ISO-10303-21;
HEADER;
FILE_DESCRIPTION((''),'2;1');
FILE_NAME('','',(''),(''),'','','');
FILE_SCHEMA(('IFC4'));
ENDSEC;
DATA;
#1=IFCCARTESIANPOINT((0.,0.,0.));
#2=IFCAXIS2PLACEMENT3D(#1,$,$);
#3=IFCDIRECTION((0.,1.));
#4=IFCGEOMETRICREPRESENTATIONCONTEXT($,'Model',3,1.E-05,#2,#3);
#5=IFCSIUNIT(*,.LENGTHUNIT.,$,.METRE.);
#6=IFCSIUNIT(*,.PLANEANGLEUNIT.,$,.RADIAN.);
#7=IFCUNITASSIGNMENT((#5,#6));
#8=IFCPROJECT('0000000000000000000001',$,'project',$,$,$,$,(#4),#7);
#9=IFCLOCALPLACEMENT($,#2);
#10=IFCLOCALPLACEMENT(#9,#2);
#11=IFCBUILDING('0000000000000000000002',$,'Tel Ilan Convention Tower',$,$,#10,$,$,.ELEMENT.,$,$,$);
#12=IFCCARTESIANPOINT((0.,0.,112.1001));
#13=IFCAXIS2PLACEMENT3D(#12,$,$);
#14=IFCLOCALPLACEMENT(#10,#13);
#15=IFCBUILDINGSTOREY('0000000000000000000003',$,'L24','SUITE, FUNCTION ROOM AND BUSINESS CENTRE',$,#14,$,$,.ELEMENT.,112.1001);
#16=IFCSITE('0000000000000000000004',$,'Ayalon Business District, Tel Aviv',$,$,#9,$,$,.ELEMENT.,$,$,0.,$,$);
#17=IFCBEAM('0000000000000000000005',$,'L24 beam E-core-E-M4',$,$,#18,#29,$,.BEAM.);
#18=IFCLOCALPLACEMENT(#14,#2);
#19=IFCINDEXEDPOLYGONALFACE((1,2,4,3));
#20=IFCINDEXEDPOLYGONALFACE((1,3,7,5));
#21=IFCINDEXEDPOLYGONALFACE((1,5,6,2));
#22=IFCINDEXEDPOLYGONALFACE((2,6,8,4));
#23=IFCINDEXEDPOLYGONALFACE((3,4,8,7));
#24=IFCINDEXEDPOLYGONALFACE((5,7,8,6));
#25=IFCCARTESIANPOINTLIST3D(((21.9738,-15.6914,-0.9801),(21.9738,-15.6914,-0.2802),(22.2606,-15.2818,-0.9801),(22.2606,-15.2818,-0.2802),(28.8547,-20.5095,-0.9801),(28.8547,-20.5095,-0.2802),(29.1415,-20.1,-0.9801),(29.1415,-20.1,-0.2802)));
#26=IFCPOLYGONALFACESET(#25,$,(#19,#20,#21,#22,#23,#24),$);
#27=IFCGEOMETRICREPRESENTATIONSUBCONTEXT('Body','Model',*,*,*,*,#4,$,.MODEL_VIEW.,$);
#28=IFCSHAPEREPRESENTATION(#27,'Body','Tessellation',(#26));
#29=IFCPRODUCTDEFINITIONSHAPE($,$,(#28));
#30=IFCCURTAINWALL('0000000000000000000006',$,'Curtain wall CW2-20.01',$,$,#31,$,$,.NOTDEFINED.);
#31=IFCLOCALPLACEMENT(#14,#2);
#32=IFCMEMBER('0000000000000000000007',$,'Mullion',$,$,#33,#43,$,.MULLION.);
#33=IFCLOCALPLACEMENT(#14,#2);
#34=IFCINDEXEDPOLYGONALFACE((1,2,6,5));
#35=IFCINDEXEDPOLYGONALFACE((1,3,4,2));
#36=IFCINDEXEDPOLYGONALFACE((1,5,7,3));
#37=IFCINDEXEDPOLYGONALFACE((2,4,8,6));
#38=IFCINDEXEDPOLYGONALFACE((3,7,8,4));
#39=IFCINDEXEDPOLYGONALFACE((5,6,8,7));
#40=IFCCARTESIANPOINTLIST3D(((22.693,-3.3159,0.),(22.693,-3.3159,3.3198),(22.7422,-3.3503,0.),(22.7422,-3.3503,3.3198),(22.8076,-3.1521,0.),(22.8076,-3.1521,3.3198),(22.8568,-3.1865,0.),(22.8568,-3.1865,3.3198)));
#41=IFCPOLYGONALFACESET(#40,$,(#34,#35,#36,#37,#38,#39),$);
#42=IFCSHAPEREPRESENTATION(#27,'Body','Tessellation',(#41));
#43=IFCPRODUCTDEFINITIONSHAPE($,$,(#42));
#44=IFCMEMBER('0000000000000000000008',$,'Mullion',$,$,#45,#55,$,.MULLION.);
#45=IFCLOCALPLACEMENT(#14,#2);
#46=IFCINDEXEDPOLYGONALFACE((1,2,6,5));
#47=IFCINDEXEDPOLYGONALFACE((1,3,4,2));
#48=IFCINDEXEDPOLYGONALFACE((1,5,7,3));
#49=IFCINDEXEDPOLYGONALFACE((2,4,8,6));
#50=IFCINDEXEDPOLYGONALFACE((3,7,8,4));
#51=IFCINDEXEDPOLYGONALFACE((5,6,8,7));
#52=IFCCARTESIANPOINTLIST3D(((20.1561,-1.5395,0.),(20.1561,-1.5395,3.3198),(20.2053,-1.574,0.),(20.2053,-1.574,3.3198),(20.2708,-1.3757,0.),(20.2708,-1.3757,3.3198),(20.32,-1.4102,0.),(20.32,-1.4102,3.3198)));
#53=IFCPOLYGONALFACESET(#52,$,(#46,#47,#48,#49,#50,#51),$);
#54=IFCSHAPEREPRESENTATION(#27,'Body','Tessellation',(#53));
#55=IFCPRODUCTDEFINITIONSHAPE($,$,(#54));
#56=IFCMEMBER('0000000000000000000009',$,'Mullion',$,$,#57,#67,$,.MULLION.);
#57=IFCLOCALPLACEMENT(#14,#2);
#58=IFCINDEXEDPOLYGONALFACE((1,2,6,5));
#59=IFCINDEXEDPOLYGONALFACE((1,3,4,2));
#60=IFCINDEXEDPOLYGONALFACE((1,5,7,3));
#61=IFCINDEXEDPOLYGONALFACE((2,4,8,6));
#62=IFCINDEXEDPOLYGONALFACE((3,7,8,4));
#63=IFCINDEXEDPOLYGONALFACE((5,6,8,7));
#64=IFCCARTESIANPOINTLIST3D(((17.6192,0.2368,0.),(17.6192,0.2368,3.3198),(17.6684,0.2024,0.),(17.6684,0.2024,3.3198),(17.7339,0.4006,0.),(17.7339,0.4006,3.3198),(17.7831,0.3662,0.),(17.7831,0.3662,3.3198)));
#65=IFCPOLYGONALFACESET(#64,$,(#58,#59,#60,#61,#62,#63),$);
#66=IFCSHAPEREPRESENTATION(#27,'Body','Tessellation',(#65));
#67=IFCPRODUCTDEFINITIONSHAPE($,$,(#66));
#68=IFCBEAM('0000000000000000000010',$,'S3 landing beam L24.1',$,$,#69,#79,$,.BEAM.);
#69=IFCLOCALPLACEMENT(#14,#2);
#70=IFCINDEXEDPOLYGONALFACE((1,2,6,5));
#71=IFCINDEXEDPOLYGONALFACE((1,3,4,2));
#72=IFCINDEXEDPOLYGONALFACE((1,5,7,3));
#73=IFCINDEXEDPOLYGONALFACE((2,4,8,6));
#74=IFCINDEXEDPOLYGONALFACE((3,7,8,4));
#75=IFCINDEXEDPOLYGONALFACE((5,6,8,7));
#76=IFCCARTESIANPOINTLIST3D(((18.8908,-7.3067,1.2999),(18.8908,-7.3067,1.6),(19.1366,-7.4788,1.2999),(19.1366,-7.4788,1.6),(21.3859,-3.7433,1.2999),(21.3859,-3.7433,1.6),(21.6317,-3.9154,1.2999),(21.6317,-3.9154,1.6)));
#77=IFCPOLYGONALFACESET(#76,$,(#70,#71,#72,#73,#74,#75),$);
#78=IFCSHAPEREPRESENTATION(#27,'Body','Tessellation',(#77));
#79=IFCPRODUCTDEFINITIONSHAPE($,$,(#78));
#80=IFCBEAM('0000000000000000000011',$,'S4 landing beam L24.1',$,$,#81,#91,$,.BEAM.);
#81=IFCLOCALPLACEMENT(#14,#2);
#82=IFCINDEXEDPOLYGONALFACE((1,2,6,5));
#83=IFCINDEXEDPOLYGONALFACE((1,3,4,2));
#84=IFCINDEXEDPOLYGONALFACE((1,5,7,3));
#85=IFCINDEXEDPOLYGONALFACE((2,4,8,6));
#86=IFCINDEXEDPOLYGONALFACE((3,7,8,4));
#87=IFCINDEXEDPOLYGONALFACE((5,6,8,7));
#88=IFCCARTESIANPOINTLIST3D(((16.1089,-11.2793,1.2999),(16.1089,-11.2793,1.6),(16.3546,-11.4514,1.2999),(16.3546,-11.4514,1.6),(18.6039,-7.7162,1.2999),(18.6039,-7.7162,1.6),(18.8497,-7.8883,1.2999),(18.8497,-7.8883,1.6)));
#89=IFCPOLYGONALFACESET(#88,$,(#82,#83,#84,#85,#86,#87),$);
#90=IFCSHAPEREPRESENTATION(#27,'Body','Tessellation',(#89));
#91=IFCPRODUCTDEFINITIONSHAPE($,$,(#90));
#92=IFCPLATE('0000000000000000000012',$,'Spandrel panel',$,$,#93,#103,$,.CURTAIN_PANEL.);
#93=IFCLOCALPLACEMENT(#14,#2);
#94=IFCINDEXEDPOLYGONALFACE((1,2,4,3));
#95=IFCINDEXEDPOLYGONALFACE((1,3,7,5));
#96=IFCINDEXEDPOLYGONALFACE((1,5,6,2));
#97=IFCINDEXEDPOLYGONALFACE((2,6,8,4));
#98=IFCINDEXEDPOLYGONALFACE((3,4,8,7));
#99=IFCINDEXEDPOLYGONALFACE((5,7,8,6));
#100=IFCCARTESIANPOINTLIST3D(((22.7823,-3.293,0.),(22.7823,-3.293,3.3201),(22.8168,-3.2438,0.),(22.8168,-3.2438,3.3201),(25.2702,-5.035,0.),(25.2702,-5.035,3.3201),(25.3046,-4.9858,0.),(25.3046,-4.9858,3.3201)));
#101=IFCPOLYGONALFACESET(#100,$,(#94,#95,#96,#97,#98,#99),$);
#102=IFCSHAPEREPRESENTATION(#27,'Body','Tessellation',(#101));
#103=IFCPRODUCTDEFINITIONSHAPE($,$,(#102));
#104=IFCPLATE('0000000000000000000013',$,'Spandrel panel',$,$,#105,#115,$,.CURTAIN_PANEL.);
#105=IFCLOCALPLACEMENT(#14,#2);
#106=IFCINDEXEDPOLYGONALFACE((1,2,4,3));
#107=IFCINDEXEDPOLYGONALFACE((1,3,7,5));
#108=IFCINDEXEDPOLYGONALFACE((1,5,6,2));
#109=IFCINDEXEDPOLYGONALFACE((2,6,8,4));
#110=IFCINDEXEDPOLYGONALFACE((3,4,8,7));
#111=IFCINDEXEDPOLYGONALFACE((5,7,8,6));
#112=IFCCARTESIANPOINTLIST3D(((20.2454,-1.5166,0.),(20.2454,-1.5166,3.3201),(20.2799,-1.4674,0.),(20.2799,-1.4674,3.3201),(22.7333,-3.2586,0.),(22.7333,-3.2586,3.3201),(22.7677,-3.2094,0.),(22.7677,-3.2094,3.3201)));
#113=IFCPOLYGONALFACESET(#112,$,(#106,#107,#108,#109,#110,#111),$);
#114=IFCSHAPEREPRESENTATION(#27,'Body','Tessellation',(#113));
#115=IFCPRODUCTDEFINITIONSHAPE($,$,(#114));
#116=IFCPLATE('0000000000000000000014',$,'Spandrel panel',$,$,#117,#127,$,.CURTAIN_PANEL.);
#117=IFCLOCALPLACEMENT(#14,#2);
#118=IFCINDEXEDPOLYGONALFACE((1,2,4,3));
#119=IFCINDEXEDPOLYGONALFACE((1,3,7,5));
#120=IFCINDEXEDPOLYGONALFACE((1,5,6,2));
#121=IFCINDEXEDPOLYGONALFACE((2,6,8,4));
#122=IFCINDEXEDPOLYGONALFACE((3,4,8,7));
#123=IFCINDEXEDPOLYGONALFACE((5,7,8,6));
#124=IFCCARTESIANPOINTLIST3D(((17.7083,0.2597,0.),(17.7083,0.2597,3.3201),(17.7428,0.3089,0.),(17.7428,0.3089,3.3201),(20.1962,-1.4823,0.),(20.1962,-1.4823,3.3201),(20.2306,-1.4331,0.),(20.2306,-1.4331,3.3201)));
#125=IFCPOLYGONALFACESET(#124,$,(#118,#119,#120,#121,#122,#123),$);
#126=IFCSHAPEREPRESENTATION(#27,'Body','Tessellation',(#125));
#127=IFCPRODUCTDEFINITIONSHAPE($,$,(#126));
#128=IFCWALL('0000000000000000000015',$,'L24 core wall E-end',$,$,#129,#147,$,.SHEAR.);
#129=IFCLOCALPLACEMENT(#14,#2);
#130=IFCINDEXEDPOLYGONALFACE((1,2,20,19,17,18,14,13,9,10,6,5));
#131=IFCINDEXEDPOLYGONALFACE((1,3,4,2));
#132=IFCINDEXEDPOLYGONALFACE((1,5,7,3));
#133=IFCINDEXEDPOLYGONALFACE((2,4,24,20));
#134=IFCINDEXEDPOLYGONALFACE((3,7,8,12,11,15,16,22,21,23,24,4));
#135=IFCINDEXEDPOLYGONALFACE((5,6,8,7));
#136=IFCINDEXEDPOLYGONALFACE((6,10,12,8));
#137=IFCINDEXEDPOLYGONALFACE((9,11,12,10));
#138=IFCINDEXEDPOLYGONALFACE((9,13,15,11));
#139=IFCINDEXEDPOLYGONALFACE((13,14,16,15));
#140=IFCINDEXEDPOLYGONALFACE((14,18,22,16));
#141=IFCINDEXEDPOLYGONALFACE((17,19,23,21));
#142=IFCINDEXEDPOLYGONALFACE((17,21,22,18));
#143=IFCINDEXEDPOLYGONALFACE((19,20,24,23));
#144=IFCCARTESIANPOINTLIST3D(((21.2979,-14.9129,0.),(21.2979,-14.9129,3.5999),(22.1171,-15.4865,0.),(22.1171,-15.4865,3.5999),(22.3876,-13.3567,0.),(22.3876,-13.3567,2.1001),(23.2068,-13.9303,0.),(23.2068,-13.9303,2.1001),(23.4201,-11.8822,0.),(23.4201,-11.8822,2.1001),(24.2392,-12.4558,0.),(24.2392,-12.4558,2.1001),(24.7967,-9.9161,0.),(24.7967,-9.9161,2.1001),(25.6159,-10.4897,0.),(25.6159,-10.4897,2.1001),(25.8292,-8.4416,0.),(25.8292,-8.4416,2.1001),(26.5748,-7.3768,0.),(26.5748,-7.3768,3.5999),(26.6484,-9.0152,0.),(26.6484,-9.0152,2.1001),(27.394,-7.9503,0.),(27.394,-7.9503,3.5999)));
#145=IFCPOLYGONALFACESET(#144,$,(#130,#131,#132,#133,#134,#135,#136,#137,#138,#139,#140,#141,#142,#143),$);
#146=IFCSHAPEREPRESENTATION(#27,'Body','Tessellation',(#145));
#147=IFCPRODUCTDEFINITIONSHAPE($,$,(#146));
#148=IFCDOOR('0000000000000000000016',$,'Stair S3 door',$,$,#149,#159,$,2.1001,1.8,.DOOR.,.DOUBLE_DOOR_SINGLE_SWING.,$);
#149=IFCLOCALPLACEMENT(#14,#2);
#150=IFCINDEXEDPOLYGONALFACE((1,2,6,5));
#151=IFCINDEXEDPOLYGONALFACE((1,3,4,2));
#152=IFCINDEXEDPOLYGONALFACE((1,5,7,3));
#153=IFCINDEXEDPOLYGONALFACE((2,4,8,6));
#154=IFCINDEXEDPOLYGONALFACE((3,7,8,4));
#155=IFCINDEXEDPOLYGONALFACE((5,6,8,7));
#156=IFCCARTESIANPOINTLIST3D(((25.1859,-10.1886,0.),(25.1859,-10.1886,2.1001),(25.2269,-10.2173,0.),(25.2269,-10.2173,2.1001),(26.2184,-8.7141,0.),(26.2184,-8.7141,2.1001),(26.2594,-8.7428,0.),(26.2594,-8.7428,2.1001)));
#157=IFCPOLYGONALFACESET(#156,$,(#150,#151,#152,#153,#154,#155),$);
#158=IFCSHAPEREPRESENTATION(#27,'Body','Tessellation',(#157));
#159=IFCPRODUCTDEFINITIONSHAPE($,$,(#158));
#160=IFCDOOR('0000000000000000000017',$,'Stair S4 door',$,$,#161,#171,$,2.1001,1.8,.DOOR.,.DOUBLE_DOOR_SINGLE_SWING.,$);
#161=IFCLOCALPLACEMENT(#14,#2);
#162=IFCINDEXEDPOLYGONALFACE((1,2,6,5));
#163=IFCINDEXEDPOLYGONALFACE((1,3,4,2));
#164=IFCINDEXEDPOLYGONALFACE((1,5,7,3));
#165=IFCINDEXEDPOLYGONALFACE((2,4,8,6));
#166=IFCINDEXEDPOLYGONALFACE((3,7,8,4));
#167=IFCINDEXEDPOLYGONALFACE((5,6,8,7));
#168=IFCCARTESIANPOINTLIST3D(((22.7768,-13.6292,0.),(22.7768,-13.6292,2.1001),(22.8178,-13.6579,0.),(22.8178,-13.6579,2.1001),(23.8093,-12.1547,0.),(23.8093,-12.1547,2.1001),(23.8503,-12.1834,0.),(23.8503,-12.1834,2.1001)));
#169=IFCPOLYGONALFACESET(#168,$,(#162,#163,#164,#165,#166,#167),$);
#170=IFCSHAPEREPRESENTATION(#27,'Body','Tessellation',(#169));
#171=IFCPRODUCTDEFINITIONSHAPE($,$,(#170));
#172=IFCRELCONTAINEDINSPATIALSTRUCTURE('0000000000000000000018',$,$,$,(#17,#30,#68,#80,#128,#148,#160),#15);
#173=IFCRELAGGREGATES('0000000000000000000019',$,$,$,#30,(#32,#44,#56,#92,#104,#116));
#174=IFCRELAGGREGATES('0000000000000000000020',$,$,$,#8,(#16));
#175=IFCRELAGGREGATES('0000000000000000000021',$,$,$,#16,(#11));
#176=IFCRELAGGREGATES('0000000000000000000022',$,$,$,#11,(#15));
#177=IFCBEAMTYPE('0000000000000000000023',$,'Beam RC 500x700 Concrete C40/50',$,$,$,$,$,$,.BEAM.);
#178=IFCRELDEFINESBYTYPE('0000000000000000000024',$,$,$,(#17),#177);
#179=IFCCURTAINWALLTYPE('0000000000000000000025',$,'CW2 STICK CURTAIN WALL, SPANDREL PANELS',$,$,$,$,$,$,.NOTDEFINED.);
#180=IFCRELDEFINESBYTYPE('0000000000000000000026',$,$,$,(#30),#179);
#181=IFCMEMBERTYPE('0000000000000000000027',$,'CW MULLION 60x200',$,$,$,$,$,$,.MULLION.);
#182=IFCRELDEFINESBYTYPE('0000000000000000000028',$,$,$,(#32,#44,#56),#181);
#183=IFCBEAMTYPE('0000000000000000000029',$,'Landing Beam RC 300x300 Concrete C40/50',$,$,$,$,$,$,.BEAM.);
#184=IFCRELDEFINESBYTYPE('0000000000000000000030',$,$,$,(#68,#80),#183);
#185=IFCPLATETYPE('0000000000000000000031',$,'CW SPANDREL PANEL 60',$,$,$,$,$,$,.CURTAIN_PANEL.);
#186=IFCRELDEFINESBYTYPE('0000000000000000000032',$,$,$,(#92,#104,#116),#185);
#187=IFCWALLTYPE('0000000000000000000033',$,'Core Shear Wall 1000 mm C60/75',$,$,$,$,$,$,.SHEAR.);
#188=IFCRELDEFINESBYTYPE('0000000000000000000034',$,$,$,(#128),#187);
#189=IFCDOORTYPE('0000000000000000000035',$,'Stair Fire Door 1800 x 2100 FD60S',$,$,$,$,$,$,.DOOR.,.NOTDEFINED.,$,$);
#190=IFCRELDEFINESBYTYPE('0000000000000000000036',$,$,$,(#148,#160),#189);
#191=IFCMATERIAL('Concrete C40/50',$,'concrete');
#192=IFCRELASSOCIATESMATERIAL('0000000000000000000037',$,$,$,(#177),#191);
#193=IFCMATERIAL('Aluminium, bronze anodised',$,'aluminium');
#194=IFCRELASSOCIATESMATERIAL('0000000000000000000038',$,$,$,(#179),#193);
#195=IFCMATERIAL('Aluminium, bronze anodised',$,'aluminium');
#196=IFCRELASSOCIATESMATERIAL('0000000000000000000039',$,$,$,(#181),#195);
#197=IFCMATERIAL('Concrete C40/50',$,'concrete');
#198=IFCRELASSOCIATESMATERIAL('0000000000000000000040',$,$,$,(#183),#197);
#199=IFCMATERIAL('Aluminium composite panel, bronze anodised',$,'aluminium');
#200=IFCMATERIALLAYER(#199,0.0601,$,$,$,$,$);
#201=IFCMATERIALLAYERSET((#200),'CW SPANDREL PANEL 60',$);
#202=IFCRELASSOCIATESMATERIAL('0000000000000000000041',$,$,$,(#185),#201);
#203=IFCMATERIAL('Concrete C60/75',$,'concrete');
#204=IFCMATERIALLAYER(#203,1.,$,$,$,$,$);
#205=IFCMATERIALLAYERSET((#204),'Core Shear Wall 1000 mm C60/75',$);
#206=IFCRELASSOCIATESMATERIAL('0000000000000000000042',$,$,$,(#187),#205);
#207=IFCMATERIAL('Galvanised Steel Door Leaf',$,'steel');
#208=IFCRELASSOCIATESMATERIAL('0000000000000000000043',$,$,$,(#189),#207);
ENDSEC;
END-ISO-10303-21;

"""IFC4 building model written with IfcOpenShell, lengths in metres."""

from ifc_helpers import new_model, si_unit, direction, frame, frame_2d, origin, origin_2d, place, context, subcontext, project, spatial, polyline, rectangle, outline, extrude, material, layer, layer_set, material_profile, profile_set, type_object, element, fill, aggregate, save


model = new_model("IFC4")

# Units and contexts
model_context = context("Model", 3, precision=1e-05, world=origin(), true_north=direction((0.0, 1.0)))
body_context = subcontext(model_context, "Body", "Model", "MODEL_VIEW")
ifc_project = project(units=[si_unit("LENGTHUNIT", "METRE"), si_unit("PLANEANGLEUNIT", "RADIAN")], contexts=[model_context])

# Site, building, storey
site_placement = place(None, origin())
site = spatial("IfcSite", under=ifc_project, at=site_placement, Name="Ayalon Business District, Tel Aviv", CompositionType="ELEMENT", RefElevation=0.0)
building_placement = place(site_placement, origin())
building = spatial("IfcBuilding", under=site, at=building_placement, Name="Tel Ilan Convention Tower", CompositionType="ELEMENT")
storey_placement = place(building_placement, frame((0.0, 0.0, 112.1001)))
storey = spatial("IfcBuildingStorey", under=building, at=storey_placement, Name="L24", Description="SUITE, FUNCTION ROOM AND BUSINESS CENTRE", CompositionType="ELEMENT", Elevation=112.1001)

# Beam
ifc_material_1 = material(Name="Concrete C40/50", Category="concrete")
ifc_material_profile_1 = material_profile(ifc_material_1, rectangle(XDim=0.5, YDim=0.7, at=origin_2d()), Name="RC 500x700")
ifc_profile_set_1 = profile_set([ifc_material_profile_1], Name="Concrete C40/50")
beam_type_1 = type_object("IfcBeamType", Name="Beam RC 500x700 Concrete C40/50", PredefinedType="BEAM", material=ifc_profile_set_1)
beam_1_placement = place(storey_placement, frame((22.1172, -15.4866, -0.6301), z_axis=(0.819147, -0.573583, 0.0), x_axis=(0.573583, 0.819147, 0.0)))
element("IfcBeam", 1, at=beam_1_placement, inside=storey, type_object=beam_type_1, Name="L24 beam E-core-E-M4", PredefinedType="BEAM", context=body_context, shape_type="SweptSolid", body=[
    extrude(rectangle(XDim=0.5, YDim=0.7, at=origin_2d()), origin(), (0.0, 0.0, 1.0), 8.4001),
])

# Curtain wall, members
ifc_material_2 = material(Name="Aluminium, bronze anodised", Category="aluminium")
curtain_wall_type = type_object("IfcCurtainWallType", Name="CW2 STICK CURTAIN WALL, SPANDREL PANELS", PredefinedType="NOTDEFINED", material=ifc_material_2)
curtain_wall_placement = place(storey_placement, origin())
curtain_wall = element("IfcCurtainWall", 2, at=curtain_wall_placement, inside=storey, type_object=curtain_wall_type, Name="Curtain wall CW2-20.01", PredefinedType="NOTDEFINED")
ifc_material_3 = material(Name="Aluminium, bronze anodised", Category="aluminium")
ifc_material_profile_2 = material_profile(ifc_material_3, rectangle(XDim=0.0601, YDim=0.2, at=origin_2d()), Name="CW MULLION 60x200")
ifc_profile_set_2 = profile_set([ifc_material_profile_2], Name="Aluminium, bronze anodised")
member_type = type_object("IfcMemberType", Name="CW MULLION 60x200", PredefinedType="MULLION", material=ifc_profile_set_2)
member_1_placement = place(storey_placement, frame((22.7749, -3.2512, 0.0), z_axis=(0.0, 0.0, 1.0), x_axis=(-0.819152, 0.573576, 0.0)))
member_1 = element("IfcMember", 3, at=member_1_placement, type_object=member_type, Name="Mullion", PredefinedType="MULLION", context=body_context, shape_type="SweptSolid", body=[
    extrude(rectangle(XDim=0.0601, YDim=0.2, at=origin_2d()), origin(), (0.0, 0.0, 1.0), 3.3198),
])
member_2_placement = place(storey_placement, frame((20.238, -1.4749, 0.0), z_axis=(0.0, 0.0, 1.0), x_axis=(-0.819152, 0.573576, 0.0)))
member_2 = element("IfcMember", 4, at=member_2_placement, type_object=member_type, Name="Mullion", PredefinedType="MULLION", context=body_context, shape_type="SweptSolid", body=[
    extrude(rectangle(XDim=0.0601, YDim=0.2, at=origin_2d()), origin(), (0.0, 0.0, 1.0), 3.3198),
])
member_3_placement = place(storey_placement, frame((17.7012, 0.3015, 0.0), z_axis=(0.0, 0.0, 1.0), x_axis=(-0.819152, 0.573576, 0.0)))
member_3 = element("IfcMember", 5, at=member_3_placement, type_object=member_type, Name="Mullion", PredefinedType="MULLION", context=body_context, shape_type="SweptSolid", body=[
    extrude(rectangle(XDim=0.0601, YDim=0.2, at=origin_2d()), origin(), (0.0, 0.0, 1.0), 3.3198),
])

# Beams
ifc_material_4 = material(Name="Concrete C40/50", Category="concrete")
ifc_material_profile_3 = material_profile(ifc_material_4, rectangle(XDim=0.3, YDim=0.3, at=origin_2d()), Name="RC 300x300")
ifc_profile_set_3 = profile_set([ifc_material_profile_3], Name="Concrete C40/50")
beam_type_2 = type_object("IfcBeamType", Name="Landing Beam RC 300x300 Concrete C40/50", PredefinedType="BEAM", material=ifc_profile_set_3)
beam_2_placement = place(storey_placement, frame((21.5088, -3.8293, 1.45), z_axis=(-0.573568, -0.819158, 0.0), x_axis=(0.819158, -0.573568, 0.0)))
element("IfcBeam", 6, at=beam_2_placement, inside=storey, type_object=beam_type_2, Name="S3 landing beam L24.1", PredefinedType="BEAM", context=body_context, shape_type="SweptSolid", body=[
    extrude(rectangle(XDim=0.3, YDim=0.3, at=origin_2d()), origin(), (0.0, 0.0, 1.0), 4.3501),
])
beam_3_placement = place(storey_placement, frame((18.7268, -7.8022, 1.45), z_axis=(-0.573594, -0.81914, 0.0), x_axis=(0.81914, -0.573594, 0.0)))
element("IfcBeam", 7, at=beam_3_placement, inside=storey, type_object=beam_type_2, Name="S4 landing beam L24.1", PredefinedType="BEAM", context=body_context, shape_type="SweptSolid", body=[
    extrude(rectangle(XDim=0.3, YDim=0.3, at=origin_2d()), origin(), (0.0, 0.0, 1.0), 4.3499),
])

# Plates
ifc_material_5 = material(Name="Aluminium composite panel, bronze anodised", Category="aluminium")
ifc_layer_1 = layer(ifc_material_5, 0.0601)
ifc_layer_set_1 = layer_set([ifc_layer_1], Name="CW SPANDREL PANEL 60")
plate_type = type_object("IfcPlateType", Name="CW SPANDREL PANEL 60", PredefinedType="CURTAIN_PANEL", material=ifc_layer_set_1)
plate_1_placement = place(storey_placement, frame((24.0435, -4.1394, 0.0), z_axis=(0.0, 0.0, 1.0), x_axis=(-0.819152, 0.573576, 0.0)))
plate_1 = element("IfcPlate", 8, at=plate_1_placement, type_object=plate_type, Name="Spandrel panel", PredefinedType="CURTAIN_PANEL", context=body_context, shape_type="SweptSolid", body=[
    extrude(rectangle(XDim=3.0371, YDim=0.0601, at=origin_2d()), origin(), (0.0, 0.0, 1.0), 3.3201),
])
plate_2_placement = place(storey_placement, frame((21.5066, -2.363, 0.0), z_axis=(0.0, 0.0, 1.0), x_axis=(-0.819152, 0.573576, 0.0)))
plate_2 = element("IfcPlate", 9, at=plate_2_placement, type_object=plate_type, Name="Spandrel panel", PredefinedType="CURTAIN_PANEL", context=body_context, shape_type="SweptSolid", body=[
    extrude(rectangle(XDim=3.0371, YDim=0.0601, at=origin_2d()), origin(), (0.0, 0.0, 1.0), 3.3201),
])
plate_3_placement = place(storey_placement, frame((18.9695, -0.5867, 0.0), z_axis=(0.0, 0.0, 1.0), x_axis=(-0.819152, 0.573576, 0.0)))
plate_3 = element("IfcPlate", 10, at=plate_3_placement, type_object=plate_type, Name="Spandrel panel", PredefinedType="CURTAIN_PANEL", context=body_context, shape_type="SweptSolid", body=[
    extrude(rectangle(XDim=3.0371, YDim=0.0601, at=origin_2d()), origin(), (0.0, 0.0, 1.0), 3.3201),
])
aggregate(curtain_wall, [member_1, member_2, member_3, plate_1, plate_2, plate_3])

# Wall, openings, doors
ifc_material_6 = material(Name="Concrete C60/75", Category="concrete")
ifc_layer_2 = layer(ifc_material_6, 1.0)
ifc_layer_set_2 = layer_set([ifc_layer_2], Name="Core Shear Wall 1000 mm C60/75")
wall_type = type_object("IfcWallType", Name="Core Shear Wall 1000 mm C60/75", PredefinedType="SHEAR", material=ifc_layer_set_2)
wall_placement = place(storey_placement, frame((21.7075, -15.1997, 0.0), z_axis=(0.0, 0.0, 1.0), x_axis=(0.573576, 0.819152, 0.0)))
wall = element("IfcWall", 11, at=wall_placement, inside=storey, type_object=wall_type, Name="L24 core wall E-end", PredefinedType="SHEAR", context=body_context, shape_type="SweptSolid", body=[
    extrude(outline(polyline([(9.2, 0.5), (0.0, 0.5), (0.0, -0.5), (9.2, -0.5), (9.2, 0.5)])), origin(), (0.0, 0.0, 1.0), 3.5999),
])
opening_1_placement = place(wall_placement, frame((6.1001, 0.0, 0.0)))
opening_1 = element("IfcOpeningElement", 12, at=opening_1_placement, cuts=wall, PredefinedType="OPENING", context=body_context, shape_type="SweptSolid", body=[
    extrude(rectangle(XDim=1.8, YDim=2.1001, at=frame_2d((0.8999, 1.05))), frame((0.0, 0.51, 0.0), z_axis=(0.0, -1.0, 0.0), x_axis=(1.0, 0.0, 0.0)), (0.0, 0.0, 1.0), 1.02),
])
opening_2_placement = place(wall_placement, frame((1.8999, 0.0, 0.0)))
opening_2 = element("IfcOpeningElement", 13, at=opening_2_placement, cuts=wall, PredefinedType="OPENING", context=body_context, shape_type="SweptSolid", body=[
    extrude(rectangle(XDim=1.8, YDim=2.1001, at=frame_2d((0.8999, 1.05))), frame((0.0, 0.51, 0.0), z_axis=(0.0, -1.0, 0.0), x_axis=(1.0, 0.0, 0.0)), (0.0, 0.0, 1.0), 1.02),
])
ifc_material_7 = material(Name="Galvanised Steel Door Leaf", Category="steel")
door_type = type_object("IfcDoorType", Name="Stair Fire Door 1800 x 2100 FD60S", OperationType="NOTDEFINED", PredefinedType="DOOR", material=ifc_material_7)
door_1_placement = place(opening_1_placement, origin())
door_1 = element("IfcDoor", 14, at=door_1_placement, inside=storey, type_object=door_type, Name="Stair S3 door", OperationType="DOUBLE_DOOR_SINGLE_SWING", OverallHeight=2.1001, OverallWidth=1.8, PredefinedType="DOOR", context=body_context, shape_type="SweptSolid", body=[
    extrude(rectangle(XDim=1.8, YDim=2.1001, at=frame_2d((0.8999, 1.05))), frame((0.0, 0.0249, 0.0), z_axis=(0.0, -1.0, 0.0), x_axis=(1.0, 0.0, 0.0)), (0.0, 0.0, 1.0), 0.05),
])
fill(opening_1, door_1)
door_2_placement = place(opening_2_placement, origin())
door_2 = element("IfcDoor", 15, at=door_2_placement, inside=storey, type_object=door_type, Name="Stair S4 door", OperationType="DOUBLE_DOOR_SINGLE_SWING", OverallHeight=2.1001, OverallWidth=1.8, PredefinedType="DOOR", context=body_context, shape_type="SweptSolid", body=[
    extrude(rectangle(XDim=1.8, YDim=2.1001, at=frame_2d((0.8999, 1.05))), frame((0.0, 0.0249, 0.0), z_axis=(0.0, -1.0, 0.0), x_axis=(1.0, 0.0, 0.0)), (0.0, 0.0, 1.0), 0.05),
])
fill(opening_2, door_2)

save(model, "model.ifc")
